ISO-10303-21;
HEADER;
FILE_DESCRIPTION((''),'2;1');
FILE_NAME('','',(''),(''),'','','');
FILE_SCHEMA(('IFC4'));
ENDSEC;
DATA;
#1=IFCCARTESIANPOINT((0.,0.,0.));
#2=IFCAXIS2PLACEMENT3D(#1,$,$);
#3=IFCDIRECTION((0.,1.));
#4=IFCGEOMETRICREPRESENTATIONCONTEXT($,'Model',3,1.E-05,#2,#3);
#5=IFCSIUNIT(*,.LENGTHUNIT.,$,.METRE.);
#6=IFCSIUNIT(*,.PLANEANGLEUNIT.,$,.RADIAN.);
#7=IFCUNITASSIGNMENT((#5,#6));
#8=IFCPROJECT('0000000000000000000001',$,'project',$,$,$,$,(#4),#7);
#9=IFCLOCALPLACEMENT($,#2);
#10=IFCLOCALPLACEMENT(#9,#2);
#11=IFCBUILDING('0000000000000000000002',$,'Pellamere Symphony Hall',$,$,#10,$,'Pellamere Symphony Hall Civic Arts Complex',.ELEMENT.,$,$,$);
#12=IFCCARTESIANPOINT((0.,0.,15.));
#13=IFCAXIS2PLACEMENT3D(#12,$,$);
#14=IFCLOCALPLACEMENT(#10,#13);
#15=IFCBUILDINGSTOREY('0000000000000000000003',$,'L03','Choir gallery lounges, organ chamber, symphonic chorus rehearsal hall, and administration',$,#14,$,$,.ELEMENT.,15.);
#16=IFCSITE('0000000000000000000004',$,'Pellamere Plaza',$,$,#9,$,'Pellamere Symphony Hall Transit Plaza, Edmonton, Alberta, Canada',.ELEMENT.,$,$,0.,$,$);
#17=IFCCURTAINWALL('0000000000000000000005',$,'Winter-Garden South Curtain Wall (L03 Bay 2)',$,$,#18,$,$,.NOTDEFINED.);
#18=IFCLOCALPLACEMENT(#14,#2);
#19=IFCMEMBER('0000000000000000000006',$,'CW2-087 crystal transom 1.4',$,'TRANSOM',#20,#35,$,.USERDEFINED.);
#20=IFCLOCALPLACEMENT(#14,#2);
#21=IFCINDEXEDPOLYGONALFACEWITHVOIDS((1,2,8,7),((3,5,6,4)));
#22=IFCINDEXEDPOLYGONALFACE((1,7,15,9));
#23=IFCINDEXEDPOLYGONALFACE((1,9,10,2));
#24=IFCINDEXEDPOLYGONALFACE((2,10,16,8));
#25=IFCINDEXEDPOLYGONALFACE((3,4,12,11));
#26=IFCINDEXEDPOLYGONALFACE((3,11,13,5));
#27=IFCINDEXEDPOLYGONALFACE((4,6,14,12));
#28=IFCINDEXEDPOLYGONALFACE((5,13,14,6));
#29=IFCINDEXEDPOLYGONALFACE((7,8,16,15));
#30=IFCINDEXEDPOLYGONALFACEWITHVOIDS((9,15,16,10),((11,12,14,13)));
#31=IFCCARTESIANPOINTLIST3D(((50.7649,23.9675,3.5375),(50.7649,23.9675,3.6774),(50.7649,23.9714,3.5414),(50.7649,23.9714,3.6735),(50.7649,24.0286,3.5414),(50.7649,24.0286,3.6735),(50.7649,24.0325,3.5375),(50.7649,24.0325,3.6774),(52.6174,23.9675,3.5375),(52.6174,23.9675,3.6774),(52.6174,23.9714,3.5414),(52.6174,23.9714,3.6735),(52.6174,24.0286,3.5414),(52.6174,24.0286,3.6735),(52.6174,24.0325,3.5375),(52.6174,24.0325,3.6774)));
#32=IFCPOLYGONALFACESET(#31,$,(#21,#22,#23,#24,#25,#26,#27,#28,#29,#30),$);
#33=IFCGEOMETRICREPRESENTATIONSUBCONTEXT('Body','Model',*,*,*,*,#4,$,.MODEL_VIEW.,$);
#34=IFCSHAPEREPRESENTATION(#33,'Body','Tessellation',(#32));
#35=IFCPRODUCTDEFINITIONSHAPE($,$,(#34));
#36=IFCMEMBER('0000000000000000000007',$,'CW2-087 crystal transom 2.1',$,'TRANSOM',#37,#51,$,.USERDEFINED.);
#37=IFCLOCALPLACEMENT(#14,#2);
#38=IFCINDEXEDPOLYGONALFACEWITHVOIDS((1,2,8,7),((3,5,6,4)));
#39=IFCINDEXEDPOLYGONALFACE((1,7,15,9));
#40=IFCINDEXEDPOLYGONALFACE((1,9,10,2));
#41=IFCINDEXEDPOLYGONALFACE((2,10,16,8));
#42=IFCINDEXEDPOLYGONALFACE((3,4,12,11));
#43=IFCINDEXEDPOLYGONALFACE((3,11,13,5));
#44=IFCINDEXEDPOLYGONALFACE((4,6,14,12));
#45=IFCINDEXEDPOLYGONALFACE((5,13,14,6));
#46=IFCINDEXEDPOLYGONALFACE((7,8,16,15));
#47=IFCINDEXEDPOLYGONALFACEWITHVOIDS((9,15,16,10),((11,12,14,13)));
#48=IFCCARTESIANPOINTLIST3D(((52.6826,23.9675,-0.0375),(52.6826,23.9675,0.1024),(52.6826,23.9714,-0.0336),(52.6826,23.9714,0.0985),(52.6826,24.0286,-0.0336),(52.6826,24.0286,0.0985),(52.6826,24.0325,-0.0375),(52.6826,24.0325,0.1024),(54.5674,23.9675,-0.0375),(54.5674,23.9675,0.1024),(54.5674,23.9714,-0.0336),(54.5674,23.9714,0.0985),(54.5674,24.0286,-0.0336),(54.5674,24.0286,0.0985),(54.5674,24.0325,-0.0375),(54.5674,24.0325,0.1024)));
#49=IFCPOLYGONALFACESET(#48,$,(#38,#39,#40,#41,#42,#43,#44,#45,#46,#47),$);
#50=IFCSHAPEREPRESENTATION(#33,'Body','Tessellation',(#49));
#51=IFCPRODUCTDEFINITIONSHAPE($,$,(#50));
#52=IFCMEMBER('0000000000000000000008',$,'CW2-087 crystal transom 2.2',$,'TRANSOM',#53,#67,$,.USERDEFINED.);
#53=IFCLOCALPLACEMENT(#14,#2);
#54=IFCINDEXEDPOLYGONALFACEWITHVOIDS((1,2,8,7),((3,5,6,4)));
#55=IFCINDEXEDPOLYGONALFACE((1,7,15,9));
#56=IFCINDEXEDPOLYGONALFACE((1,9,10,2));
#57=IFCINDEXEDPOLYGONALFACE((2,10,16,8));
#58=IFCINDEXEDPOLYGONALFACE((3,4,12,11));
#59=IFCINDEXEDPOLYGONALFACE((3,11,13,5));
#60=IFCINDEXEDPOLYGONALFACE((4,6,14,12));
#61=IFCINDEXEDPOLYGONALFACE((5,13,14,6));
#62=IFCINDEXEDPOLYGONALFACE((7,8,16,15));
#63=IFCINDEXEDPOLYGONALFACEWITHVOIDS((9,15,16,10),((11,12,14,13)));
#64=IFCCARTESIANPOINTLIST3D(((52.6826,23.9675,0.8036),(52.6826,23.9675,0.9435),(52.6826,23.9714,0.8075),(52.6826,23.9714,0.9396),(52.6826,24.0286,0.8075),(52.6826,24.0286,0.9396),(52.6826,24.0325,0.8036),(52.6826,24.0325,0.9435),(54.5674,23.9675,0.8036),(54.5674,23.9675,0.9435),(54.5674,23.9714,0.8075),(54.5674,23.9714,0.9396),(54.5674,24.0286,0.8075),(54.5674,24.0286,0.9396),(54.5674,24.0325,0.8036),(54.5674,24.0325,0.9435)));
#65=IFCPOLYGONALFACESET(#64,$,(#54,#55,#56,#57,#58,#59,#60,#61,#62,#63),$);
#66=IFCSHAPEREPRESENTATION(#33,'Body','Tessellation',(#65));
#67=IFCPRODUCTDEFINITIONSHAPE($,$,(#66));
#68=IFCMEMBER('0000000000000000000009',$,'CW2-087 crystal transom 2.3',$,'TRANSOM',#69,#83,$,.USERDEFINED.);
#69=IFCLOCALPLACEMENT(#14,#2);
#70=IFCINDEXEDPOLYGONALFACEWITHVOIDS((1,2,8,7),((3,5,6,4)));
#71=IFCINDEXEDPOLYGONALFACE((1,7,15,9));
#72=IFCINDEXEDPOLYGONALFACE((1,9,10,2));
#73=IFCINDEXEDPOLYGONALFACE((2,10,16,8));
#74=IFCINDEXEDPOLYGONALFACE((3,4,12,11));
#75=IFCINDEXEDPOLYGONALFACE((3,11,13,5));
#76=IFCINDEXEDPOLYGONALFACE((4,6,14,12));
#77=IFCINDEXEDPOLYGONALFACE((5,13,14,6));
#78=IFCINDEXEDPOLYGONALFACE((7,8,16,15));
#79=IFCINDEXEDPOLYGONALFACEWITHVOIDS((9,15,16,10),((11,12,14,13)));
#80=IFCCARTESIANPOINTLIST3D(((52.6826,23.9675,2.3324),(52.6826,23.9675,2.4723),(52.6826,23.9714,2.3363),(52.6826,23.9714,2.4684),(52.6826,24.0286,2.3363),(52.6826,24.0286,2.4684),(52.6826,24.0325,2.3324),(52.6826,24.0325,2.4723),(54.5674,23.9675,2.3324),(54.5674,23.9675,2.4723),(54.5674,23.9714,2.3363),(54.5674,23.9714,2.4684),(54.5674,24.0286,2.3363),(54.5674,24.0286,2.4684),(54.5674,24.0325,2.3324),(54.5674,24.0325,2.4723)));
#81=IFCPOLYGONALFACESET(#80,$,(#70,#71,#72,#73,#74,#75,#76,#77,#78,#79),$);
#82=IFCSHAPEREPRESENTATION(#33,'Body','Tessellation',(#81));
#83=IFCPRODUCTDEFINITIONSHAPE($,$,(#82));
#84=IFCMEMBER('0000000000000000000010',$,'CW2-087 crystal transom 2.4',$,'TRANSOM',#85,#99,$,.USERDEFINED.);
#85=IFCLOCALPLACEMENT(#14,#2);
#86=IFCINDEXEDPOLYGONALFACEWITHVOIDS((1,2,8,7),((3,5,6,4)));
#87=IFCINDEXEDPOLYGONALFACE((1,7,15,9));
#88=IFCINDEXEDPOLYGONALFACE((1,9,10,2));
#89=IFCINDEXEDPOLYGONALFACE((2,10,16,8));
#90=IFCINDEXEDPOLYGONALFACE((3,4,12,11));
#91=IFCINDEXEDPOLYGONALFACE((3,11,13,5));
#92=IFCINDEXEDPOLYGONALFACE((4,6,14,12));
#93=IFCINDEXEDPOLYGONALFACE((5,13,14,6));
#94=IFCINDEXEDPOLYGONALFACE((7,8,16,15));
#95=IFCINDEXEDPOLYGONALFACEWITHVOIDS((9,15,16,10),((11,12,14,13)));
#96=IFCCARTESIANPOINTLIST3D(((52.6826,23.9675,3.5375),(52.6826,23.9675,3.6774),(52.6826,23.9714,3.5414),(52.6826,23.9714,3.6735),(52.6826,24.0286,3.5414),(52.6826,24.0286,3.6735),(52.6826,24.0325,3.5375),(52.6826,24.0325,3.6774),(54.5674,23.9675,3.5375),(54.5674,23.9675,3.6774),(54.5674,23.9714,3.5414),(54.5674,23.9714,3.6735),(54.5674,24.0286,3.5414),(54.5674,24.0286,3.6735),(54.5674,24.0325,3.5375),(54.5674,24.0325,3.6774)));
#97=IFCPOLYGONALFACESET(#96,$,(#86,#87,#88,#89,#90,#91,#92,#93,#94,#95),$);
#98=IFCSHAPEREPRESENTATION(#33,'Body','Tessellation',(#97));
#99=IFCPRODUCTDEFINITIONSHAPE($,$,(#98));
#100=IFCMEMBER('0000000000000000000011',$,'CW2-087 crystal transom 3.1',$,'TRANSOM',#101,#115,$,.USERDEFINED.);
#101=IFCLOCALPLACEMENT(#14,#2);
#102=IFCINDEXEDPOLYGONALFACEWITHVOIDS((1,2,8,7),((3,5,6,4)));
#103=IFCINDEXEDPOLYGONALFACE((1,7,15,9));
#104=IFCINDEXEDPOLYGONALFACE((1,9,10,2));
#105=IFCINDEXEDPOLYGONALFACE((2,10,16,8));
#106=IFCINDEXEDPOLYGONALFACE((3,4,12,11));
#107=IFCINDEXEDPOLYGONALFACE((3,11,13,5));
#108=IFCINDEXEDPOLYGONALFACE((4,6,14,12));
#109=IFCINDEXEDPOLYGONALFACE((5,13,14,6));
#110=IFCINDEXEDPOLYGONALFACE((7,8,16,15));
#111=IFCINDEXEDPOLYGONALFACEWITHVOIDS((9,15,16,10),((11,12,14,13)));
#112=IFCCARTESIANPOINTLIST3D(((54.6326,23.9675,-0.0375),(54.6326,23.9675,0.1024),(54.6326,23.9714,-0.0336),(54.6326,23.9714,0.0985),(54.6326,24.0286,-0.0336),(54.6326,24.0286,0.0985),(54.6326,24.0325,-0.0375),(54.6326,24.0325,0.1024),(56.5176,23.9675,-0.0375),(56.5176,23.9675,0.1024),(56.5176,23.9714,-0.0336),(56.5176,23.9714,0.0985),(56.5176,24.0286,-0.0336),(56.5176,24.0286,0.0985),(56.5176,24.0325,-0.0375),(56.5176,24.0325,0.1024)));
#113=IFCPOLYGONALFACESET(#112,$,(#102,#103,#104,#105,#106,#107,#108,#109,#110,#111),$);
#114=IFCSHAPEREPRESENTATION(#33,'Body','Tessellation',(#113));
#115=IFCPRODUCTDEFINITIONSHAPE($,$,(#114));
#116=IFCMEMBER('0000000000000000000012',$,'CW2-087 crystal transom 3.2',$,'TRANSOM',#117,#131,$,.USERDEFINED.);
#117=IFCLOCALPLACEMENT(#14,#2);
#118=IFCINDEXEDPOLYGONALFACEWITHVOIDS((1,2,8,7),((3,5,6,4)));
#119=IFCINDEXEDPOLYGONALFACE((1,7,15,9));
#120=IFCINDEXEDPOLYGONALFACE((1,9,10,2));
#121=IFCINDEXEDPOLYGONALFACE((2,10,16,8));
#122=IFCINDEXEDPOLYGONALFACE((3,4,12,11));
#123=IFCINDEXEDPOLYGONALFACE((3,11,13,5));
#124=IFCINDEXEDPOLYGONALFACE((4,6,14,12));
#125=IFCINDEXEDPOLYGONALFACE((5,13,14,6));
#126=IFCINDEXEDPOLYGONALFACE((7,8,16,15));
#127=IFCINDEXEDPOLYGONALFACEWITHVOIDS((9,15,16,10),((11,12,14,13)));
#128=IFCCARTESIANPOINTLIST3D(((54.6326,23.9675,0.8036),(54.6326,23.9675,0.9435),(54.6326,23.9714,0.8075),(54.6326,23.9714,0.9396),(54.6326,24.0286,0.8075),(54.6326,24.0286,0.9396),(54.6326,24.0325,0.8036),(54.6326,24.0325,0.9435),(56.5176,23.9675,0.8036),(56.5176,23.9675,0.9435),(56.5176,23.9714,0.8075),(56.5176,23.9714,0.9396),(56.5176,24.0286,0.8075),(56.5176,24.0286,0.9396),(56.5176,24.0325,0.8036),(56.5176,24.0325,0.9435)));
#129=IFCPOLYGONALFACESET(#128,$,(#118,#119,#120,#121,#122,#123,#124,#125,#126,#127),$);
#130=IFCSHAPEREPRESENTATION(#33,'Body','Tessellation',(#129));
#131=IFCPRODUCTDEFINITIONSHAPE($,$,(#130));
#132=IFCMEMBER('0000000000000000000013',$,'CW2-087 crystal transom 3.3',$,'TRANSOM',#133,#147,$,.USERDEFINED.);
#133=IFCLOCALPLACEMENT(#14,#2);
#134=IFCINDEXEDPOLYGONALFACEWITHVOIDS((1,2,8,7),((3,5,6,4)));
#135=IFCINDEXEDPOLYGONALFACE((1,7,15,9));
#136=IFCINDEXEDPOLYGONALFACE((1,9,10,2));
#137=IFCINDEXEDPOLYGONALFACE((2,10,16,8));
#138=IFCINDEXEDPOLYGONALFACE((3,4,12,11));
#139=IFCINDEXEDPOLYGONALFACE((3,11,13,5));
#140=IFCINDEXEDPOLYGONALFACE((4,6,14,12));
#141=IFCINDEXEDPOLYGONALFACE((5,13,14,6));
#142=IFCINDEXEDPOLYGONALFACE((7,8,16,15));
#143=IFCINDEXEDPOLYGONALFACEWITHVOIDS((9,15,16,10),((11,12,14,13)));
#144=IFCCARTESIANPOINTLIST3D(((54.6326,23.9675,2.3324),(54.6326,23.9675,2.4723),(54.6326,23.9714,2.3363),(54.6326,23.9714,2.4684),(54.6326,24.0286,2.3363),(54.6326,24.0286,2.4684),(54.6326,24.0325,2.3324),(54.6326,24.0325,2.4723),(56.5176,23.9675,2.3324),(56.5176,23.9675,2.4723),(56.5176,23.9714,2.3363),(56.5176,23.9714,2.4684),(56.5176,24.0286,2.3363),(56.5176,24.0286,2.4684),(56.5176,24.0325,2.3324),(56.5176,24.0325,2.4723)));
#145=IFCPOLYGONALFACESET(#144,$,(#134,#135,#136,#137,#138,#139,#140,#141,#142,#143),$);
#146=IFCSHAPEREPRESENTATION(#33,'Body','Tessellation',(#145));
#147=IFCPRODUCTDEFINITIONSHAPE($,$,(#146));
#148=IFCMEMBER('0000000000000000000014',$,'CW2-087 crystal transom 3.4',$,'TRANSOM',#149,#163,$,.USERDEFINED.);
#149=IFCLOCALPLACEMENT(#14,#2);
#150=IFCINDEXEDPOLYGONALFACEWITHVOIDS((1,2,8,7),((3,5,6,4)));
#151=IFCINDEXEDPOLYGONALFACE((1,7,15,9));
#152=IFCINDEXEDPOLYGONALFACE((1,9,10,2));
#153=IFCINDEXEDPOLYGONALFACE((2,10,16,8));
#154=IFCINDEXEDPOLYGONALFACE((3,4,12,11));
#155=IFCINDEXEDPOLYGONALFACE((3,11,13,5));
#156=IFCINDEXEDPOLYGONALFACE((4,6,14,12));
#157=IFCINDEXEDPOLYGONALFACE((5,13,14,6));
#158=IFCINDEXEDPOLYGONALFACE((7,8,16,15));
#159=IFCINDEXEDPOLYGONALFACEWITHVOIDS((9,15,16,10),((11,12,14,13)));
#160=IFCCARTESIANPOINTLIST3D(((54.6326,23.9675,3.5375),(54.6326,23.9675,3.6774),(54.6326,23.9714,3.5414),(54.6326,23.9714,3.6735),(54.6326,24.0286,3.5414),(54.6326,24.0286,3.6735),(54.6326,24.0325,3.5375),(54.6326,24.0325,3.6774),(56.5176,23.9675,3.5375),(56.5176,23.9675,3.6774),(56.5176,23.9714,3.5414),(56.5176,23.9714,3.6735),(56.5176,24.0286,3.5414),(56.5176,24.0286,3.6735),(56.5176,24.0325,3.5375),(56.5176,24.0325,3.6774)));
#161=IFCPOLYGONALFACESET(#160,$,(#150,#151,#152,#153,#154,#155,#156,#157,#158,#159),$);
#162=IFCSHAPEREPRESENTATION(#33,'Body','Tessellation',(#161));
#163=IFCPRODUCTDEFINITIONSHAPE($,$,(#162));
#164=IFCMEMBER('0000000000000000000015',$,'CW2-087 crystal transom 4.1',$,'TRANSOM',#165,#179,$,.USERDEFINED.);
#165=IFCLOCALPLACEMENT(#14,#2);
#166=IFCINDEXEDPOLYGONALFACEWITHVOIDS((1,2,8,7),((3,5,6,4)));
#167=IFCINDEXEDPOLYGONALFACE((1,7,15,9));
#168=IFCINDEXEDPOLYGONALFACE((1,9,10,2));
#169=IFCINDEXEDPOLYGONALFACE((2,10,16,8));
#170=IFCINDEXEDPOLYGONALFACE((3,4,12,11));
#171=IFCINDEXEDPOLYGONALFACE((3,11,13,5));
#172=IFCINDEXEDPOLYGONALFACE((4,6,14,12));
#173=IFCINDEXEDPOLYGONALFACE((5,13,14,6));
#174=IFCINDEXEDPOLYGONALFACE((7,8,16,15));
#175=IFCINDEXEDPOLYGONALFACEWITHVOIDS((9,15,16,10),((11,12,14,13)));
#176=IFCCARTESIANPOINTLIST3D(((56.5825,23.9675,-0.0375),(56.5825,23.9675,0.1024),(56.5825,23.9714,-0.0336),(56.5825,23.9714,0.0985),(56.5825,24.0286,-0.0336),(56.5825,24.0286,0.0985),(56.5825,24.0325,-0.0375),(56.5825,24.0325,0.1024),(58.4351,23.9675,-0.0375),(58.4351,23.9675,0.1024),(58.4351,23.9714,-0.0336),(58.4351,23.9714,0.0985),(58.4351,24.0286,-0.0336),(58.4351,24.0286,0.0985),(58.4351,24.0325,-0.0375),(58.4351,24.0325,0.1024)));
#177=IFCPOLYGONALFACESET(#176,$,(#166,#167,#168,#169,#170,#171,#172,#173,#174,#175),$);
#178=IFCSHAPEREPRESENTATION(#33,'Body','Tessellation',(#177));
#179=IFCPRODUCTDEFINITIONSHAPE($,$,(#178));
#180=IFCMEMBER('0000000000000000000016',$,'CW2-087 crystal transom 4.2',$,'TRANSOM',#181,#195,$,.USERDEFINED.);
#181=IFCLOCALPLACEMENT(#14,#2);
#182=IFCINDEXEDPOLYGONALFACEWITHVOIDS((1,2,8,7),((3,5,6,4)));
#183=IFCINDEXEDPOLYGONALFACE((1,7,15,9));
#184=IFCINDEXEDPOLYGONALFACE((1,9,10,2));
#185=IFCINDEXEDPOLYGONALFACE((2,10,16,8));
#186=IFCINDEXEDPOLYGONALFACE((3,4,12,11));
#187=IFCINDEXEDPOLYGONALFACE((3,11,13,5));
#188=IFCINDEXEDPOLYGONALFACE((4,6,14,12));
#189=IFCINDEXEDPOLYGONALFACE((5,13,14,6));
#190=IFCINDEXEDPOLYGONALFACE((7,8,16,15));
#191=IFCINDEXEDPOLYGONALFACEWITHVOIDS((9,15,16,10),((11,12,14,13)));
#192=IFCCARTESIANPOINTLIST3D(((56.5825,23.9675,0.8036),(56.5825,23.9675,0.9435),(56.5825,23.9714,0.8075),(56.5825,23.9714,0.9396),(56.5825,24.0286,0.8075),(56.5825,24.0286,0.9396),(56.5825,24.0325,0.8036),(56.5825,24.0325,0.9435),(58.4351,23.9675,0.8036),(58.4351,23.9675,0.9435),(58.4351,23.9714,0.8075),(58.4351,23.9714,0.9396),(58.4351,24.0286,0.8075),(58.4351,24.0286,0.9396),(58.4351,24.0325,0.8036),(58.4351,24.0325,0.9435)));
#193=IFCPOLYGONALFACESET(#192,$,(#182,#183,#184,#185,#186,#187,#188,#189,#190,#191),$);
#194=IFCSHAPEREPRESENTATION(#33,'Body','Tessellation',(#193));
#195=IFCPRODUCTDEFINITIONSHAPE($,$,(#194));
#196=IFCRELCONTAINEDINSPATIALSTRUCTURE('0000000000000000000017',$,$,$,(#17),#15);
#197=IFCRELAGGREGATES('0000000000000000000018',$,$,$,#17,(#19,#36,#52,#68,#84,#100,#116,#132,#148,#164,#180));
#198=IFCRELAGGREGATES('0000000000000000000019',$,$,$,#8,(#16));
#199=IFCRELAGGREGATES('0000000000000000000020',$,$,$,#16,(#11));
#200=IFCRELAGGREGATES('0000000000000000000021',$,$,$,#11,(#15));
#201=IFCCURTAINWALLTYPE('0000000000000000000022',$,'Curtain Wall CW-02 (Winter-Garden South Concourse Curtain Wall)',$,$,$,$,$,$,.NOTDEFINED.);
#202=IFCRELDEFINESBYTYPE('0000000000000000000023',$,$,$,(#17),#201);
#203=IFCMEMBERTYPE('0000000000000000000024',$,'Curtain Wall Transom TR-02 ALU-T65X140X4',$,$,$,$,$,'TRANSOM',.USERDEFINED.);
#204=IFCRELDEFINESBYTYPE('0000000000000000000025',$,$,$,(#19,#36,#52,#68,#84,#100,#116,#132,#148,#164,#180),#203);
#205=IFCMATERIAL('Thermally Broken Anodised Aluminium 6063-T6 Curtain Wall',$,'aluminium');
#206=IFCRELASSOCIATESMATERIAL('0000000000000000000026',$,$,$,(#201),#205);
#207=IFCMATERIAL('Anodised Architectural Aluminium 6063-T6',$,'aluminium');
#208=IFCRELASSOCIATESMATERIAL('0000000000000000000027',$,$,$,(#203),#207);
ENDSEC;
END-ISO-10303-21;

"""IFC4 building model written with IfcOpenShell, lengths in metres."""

from ifc_helpers import new_model, si_unit, direction, frame, origin, origin_2d, place, context, subcontext, project, spatial, hollow_rectangle, extrude, material, material_profile, profile_set, type_object, element, aggregate, save


model = new_model("IFC4")

# Units and contexts
model_context = context("Model", 3, precision=1e-05, world=origin(), true_north=direction((0.0, 1.0)))
body_context = subcontext(model_context, "Body", "Model", "MODEL_VIEW")
ifc_project = project(units=[si_unit("LENGTHUNIT", "METRE"), si_unit("PLANEANGLEUNIT", "RADIAN")], contexts=[model_context])

# Site, building, storey
site_placement = place(None, origin())
site = spatial("IfcSite", under=ifc_project, at=site_placement, Name="Pellamere Plaza", LongName="Pellamere Symphony Hall Transit Plaza, Edmonton, Alberta, Canada", CompositionType="ELEMENT", RefElevation=0.0)
building_placement = place(site_placement, origin())
building = spatial("IfcBuilding", under=site, at=building_placement, Name="Pellamere Symphony Hall", LongName="Pellamere Symphony Hall Civic Arts Complex", CompositionType="ELEMENT")
storey_placement = place(building_placement, frame((0.0, 0.0, 15.0)))
storey = spatial("IfcBuildingStorey", under=building, at=storey_placement, Name="L03", Description="Choir gallery lounges, organ chamber, symphonic chorus rehearsal hall, and administration", CompositionType="ELEMENT", Elevation=15.0)

# Shared definitions
ifc_material_1 = material(Name="Thermally Broken Anodised Aluminium 6063-T6 Curtain Wall", Category="aluminium")
curtain_wall_type = type_object("IfcCurtainWallType", Name="Curtain Wall CW-02 (Winter-Garden South Concourse Curtain Wall)", PredefinedType="NOTDEFINED", material=ifc_material_1)
ifc_material_2 = material(Name="Anodised Architectural Aluminium 6063-T6", Category="aluminium")

# Curtain wall, members
curtain_wall_1_placement = place(storey_placement, origin())
curtain_wall_1 = element("IfcCurtainWall", 1, at=curtain_wall_1_placement, inside=storey, type_object=curtain_wall_type, Name="Winter-Garden South Curtain Wall (L03 Bay 2)", PredefinedType="NOTDEFINED")
ifc_material_profile_1 = material_profile(ifc_material_2, hollow_rectangle(XDim=0.0649, YDim=0.1399, WallThickness=0.0039, at=origin_2d()), Name="ALU-T65X140X4")
ifc_profile_set_1 = profile_set([ifc_material_profile_1], Name="Anodised Architectural Aluminium 6063-T6")
member_type_1 = type_object("IfcMemberType", Name="Curtain Wall Transom TR-02 ALU-T65X140X4", ElementType="TRANSOM", PredefinedType="USERDEFINED", material=ifc_profile_set_1)
member_1_placement = place(storey_placement, frame((50.7649, 24.0, 3.6074), z_axis=(1.0, 0.0, 0.0), x_axis=(0.0, 1.0, 0.0)))
member_1 = element("IfcMember", 2, at=member_1_placement, type_object=member_type_1, Name="CW2-087 crystal transom 1.4", ObjectType="TRANSOM", PredefinedType="USERDEFINED", context=body_context, shape_type="SweptSolid", body=[
    extrude(hollow_rectangle(XDim=0.0649, YDim=0.1399, WallThickness=0.0039, at=origin_2d()), origin(), (0.0, 0.0, 1.0), 1.8525),
])
member_2_placement = place(storey_placement, frame((52.6826, 24.0, 0.0325), z_axis=(1.0, 0.0, 0.0), x_axis=(0.0, 1.0, 0.0)))
member_2 = element("IfcMember", 3, at=member_2_placement, type_object=member_type_1, Name="CW2-087 crystal transom 2.1", ObjectType="TRANSOM", PredefinedType="USERDEFINED", context=body_context, shape_type="SweptSolid", body=[
    extrude(hollow_rectangle(XDim=0.0649, YDim=0.1399, WallThickness=0.0039, at=origin_2d()), origin(), (0.0, 0.0, 1.0), 1.8848),
])
member_3_placement = place(storey_placement, frame((52.6826, 24.0, 0.8735), z_axis=(1.0, 0.0, 0.0), x_axis=(0.0, 1.0, 0.0)))
member_3 = element("IfcMember", 4, at=member_3_placement, type_object=member_type_1, Name="CW2-087 crystal transom 2.2", ObjectType="TRANSOM", PredefinedType="USERDEFINED", context=body_context, shape_type="SweptSolid", body=[
    extrude(hollow_rectangle(XDim=0.0649, YDim=0.1399, WallThickness=0.0039, at=origin_2d()), origin(), (0.0, 0.0, 1.0), 1.8848),
])
member_4_placement = place(storey_placement, frame((52.6826, 24.0, 2.4023), z_axis=(1.0, 0.0, 0.0), x_axis=(0.0, 1.0, 0.0)))
member_4 = element("IfcMember", 5, at=member_4_placement, type_object=member_type_1, Name="CW2-087 crystal transom 2.3", ObjectType="TRANSOM", PredefinedType="USERDEFINED", context=body_context, shape_type="SweptSolid", body=[
    extrude(hollow_rectangle(XDim=0.0649, YDim=0.1399, WallThickness=0.0039, at=origin_2d()), origin(), (0.0, 0.0, 1.0), 1.8848),
])
member_5_placement = place(storey_placement, frame((52.6826, 24.0, 3.6074), z_axis=(1.0, 0.0, 0.0), x_axis=(0.0, 1.0, 0.0)))
member_5 = element("IfcMember", 6, at=member_5_placement, type_object=member_type_1, Name="CW2-087 crystal transom 2.4", ObjectType="TRANSOM", PredefinedType="USERDEFINED", context=body_context, shape_type="SweptSolid", body=[
    extrude(hollow_rectangle(XDim=0.0649, YDim=0.1399, WallThickness=0.0039, at=origin_2d()), origin(), (0.0, 0.0, 1.0), 1.8848),
])
member_6_placement = place(storey_placement, frame((54.6326, 24.0, 0.0325), z_axis=(1.0, 0.0, 0.0), x_axis=(0.0, 1.0, 0.0)))
member_6 = element("IfcMember", 7, at=member_6_placement, type_object=member_type_1, Name="CW2-087 crystal transom 3.1", ObjectType="TRANSOM", PredefinedType="USERDEFINED", context=body_context, shape_type="SweptSolid", body=[
    extrude(hollow_rectangle(XDim=0.0649, YDim=0.1399, WallThickness=0.0039, at=origin_2d()), origin(), (0.0, 0.0, 1.0), 1.885),
])
member_7_placement = place(storey_placement, frame((54.6326, 24.0, 0.8735), z_axis=(1.0, 0.0, 0.0), x_axis=(0.0, 1.0, 0.0)))
member_7 = element("IfcMember", 8, at=member_7_placement, type_object=member_type_1, Name="CW2-087 crystal transom 3.2", ObjectType="TRANSOM", PredefinedType="USERDEFINED", context=body_context, shape_type="SweptSolid", body=[
    extrude(hollow_rectangle(XDim=0.0649, YDim=0.1399, WallThickness=0.0039, at=origin_2d()), origin(), (0.0, 0.0, 1.0), 1.885),
])
member_8_placement = place(storey_placement, frame((54.6326, 24.0, 2.4023), z_axis=(1.0, 0.0, 0.0), x_axis=(0.0, 1.0, 0.0)))
member_8 = element("IfcMember", 9, at=member_8_placement, type_object=member_type_1, Name="CW2-087 crystal transom 3.3", ObjectType="TRANSOM", PredefinedType="USERDEFINED", context=body_context, shape_type="SweptSolid", body=[
    extrude(hollow_rectangle(XDim=0.0649, YDim=0.1399, WallThickness=0.0039, at=origin_2d()), origin(), (0.0, 0.0, 1.0), 1.885),
])
member_9_placement = place(storey_placement, frame((54.6326, 24.0, 3.6074), z_axis=(1.0, 0.0, 0.0), x_axis=(0.0, 1.0, 0.0)))
member_9 = element("IfcMember", 10, at=member_9_placement, type_object=member_type_1, Name="CW2-087 crystal transom 3.4", ObjectType="TRANSOM", PredefinedType="USERDEFINED", context=body_context, shape_type="SweptSolid", body=[
    extrude(hollow_rectangle(XDim=0.0649, YDim=0.1399, WallThickness=0.0039, at=origin_2d()), origin(), (0.0, 0.0, 1.0), 1.885),
])
member_10_placement = place(storey_placement, frame((56.5825, 24.0, 0.0325), z_axis=(1.0, 0.0, 0.0), x_axis=(0.0, 1.0, 0.0)))
member_10 = element("IfcMember", 11, at=member_10_placement, type_object=member_type_1, Name="CW2-087 crystal transom 4.1", ObjectType="TRANSOM", PredefinedType="USERDEFINED", context=body_context, shape_type="SweptSolid", body=[
    extrude(hollow_rectangle(XDim=0.0649, YDim=0.1399, WallThickness=0.0039, at=origin_2d()), origin(), (0.0, 0.0, 1.0), 1.8525),
])
member_11_placement = place(storey_placement, frame((56.5825, 24.0, 0.8735), z_axis=(1.0, 0.0, 0.0), x_axis=(0.0, 1.0, 0.0)))
member_11 = element("IfcMember", 12, at=member_11_placement, type_object=member_type_1, Name="CW2-087 crystal transom 4.2", ObjectType="TRANSOM", PredefinedType="USERDEFINED", context=body_context, shape_type="SweptSolid", body=[
    extrude(hollow_rectangle(XDim=0.0649, YDim=0.1399, WallThickness=0.0039, at=origin_2d()), origin(), (0.0, 0.0, 1.0), 1.8525),
])

aggregate(curtain_wall_1, [member_1, member_2, member_3, member_4, member_5, member_6, member_7, member_8, member_9, member_10, member_11])

save(model, "model.ifc")
